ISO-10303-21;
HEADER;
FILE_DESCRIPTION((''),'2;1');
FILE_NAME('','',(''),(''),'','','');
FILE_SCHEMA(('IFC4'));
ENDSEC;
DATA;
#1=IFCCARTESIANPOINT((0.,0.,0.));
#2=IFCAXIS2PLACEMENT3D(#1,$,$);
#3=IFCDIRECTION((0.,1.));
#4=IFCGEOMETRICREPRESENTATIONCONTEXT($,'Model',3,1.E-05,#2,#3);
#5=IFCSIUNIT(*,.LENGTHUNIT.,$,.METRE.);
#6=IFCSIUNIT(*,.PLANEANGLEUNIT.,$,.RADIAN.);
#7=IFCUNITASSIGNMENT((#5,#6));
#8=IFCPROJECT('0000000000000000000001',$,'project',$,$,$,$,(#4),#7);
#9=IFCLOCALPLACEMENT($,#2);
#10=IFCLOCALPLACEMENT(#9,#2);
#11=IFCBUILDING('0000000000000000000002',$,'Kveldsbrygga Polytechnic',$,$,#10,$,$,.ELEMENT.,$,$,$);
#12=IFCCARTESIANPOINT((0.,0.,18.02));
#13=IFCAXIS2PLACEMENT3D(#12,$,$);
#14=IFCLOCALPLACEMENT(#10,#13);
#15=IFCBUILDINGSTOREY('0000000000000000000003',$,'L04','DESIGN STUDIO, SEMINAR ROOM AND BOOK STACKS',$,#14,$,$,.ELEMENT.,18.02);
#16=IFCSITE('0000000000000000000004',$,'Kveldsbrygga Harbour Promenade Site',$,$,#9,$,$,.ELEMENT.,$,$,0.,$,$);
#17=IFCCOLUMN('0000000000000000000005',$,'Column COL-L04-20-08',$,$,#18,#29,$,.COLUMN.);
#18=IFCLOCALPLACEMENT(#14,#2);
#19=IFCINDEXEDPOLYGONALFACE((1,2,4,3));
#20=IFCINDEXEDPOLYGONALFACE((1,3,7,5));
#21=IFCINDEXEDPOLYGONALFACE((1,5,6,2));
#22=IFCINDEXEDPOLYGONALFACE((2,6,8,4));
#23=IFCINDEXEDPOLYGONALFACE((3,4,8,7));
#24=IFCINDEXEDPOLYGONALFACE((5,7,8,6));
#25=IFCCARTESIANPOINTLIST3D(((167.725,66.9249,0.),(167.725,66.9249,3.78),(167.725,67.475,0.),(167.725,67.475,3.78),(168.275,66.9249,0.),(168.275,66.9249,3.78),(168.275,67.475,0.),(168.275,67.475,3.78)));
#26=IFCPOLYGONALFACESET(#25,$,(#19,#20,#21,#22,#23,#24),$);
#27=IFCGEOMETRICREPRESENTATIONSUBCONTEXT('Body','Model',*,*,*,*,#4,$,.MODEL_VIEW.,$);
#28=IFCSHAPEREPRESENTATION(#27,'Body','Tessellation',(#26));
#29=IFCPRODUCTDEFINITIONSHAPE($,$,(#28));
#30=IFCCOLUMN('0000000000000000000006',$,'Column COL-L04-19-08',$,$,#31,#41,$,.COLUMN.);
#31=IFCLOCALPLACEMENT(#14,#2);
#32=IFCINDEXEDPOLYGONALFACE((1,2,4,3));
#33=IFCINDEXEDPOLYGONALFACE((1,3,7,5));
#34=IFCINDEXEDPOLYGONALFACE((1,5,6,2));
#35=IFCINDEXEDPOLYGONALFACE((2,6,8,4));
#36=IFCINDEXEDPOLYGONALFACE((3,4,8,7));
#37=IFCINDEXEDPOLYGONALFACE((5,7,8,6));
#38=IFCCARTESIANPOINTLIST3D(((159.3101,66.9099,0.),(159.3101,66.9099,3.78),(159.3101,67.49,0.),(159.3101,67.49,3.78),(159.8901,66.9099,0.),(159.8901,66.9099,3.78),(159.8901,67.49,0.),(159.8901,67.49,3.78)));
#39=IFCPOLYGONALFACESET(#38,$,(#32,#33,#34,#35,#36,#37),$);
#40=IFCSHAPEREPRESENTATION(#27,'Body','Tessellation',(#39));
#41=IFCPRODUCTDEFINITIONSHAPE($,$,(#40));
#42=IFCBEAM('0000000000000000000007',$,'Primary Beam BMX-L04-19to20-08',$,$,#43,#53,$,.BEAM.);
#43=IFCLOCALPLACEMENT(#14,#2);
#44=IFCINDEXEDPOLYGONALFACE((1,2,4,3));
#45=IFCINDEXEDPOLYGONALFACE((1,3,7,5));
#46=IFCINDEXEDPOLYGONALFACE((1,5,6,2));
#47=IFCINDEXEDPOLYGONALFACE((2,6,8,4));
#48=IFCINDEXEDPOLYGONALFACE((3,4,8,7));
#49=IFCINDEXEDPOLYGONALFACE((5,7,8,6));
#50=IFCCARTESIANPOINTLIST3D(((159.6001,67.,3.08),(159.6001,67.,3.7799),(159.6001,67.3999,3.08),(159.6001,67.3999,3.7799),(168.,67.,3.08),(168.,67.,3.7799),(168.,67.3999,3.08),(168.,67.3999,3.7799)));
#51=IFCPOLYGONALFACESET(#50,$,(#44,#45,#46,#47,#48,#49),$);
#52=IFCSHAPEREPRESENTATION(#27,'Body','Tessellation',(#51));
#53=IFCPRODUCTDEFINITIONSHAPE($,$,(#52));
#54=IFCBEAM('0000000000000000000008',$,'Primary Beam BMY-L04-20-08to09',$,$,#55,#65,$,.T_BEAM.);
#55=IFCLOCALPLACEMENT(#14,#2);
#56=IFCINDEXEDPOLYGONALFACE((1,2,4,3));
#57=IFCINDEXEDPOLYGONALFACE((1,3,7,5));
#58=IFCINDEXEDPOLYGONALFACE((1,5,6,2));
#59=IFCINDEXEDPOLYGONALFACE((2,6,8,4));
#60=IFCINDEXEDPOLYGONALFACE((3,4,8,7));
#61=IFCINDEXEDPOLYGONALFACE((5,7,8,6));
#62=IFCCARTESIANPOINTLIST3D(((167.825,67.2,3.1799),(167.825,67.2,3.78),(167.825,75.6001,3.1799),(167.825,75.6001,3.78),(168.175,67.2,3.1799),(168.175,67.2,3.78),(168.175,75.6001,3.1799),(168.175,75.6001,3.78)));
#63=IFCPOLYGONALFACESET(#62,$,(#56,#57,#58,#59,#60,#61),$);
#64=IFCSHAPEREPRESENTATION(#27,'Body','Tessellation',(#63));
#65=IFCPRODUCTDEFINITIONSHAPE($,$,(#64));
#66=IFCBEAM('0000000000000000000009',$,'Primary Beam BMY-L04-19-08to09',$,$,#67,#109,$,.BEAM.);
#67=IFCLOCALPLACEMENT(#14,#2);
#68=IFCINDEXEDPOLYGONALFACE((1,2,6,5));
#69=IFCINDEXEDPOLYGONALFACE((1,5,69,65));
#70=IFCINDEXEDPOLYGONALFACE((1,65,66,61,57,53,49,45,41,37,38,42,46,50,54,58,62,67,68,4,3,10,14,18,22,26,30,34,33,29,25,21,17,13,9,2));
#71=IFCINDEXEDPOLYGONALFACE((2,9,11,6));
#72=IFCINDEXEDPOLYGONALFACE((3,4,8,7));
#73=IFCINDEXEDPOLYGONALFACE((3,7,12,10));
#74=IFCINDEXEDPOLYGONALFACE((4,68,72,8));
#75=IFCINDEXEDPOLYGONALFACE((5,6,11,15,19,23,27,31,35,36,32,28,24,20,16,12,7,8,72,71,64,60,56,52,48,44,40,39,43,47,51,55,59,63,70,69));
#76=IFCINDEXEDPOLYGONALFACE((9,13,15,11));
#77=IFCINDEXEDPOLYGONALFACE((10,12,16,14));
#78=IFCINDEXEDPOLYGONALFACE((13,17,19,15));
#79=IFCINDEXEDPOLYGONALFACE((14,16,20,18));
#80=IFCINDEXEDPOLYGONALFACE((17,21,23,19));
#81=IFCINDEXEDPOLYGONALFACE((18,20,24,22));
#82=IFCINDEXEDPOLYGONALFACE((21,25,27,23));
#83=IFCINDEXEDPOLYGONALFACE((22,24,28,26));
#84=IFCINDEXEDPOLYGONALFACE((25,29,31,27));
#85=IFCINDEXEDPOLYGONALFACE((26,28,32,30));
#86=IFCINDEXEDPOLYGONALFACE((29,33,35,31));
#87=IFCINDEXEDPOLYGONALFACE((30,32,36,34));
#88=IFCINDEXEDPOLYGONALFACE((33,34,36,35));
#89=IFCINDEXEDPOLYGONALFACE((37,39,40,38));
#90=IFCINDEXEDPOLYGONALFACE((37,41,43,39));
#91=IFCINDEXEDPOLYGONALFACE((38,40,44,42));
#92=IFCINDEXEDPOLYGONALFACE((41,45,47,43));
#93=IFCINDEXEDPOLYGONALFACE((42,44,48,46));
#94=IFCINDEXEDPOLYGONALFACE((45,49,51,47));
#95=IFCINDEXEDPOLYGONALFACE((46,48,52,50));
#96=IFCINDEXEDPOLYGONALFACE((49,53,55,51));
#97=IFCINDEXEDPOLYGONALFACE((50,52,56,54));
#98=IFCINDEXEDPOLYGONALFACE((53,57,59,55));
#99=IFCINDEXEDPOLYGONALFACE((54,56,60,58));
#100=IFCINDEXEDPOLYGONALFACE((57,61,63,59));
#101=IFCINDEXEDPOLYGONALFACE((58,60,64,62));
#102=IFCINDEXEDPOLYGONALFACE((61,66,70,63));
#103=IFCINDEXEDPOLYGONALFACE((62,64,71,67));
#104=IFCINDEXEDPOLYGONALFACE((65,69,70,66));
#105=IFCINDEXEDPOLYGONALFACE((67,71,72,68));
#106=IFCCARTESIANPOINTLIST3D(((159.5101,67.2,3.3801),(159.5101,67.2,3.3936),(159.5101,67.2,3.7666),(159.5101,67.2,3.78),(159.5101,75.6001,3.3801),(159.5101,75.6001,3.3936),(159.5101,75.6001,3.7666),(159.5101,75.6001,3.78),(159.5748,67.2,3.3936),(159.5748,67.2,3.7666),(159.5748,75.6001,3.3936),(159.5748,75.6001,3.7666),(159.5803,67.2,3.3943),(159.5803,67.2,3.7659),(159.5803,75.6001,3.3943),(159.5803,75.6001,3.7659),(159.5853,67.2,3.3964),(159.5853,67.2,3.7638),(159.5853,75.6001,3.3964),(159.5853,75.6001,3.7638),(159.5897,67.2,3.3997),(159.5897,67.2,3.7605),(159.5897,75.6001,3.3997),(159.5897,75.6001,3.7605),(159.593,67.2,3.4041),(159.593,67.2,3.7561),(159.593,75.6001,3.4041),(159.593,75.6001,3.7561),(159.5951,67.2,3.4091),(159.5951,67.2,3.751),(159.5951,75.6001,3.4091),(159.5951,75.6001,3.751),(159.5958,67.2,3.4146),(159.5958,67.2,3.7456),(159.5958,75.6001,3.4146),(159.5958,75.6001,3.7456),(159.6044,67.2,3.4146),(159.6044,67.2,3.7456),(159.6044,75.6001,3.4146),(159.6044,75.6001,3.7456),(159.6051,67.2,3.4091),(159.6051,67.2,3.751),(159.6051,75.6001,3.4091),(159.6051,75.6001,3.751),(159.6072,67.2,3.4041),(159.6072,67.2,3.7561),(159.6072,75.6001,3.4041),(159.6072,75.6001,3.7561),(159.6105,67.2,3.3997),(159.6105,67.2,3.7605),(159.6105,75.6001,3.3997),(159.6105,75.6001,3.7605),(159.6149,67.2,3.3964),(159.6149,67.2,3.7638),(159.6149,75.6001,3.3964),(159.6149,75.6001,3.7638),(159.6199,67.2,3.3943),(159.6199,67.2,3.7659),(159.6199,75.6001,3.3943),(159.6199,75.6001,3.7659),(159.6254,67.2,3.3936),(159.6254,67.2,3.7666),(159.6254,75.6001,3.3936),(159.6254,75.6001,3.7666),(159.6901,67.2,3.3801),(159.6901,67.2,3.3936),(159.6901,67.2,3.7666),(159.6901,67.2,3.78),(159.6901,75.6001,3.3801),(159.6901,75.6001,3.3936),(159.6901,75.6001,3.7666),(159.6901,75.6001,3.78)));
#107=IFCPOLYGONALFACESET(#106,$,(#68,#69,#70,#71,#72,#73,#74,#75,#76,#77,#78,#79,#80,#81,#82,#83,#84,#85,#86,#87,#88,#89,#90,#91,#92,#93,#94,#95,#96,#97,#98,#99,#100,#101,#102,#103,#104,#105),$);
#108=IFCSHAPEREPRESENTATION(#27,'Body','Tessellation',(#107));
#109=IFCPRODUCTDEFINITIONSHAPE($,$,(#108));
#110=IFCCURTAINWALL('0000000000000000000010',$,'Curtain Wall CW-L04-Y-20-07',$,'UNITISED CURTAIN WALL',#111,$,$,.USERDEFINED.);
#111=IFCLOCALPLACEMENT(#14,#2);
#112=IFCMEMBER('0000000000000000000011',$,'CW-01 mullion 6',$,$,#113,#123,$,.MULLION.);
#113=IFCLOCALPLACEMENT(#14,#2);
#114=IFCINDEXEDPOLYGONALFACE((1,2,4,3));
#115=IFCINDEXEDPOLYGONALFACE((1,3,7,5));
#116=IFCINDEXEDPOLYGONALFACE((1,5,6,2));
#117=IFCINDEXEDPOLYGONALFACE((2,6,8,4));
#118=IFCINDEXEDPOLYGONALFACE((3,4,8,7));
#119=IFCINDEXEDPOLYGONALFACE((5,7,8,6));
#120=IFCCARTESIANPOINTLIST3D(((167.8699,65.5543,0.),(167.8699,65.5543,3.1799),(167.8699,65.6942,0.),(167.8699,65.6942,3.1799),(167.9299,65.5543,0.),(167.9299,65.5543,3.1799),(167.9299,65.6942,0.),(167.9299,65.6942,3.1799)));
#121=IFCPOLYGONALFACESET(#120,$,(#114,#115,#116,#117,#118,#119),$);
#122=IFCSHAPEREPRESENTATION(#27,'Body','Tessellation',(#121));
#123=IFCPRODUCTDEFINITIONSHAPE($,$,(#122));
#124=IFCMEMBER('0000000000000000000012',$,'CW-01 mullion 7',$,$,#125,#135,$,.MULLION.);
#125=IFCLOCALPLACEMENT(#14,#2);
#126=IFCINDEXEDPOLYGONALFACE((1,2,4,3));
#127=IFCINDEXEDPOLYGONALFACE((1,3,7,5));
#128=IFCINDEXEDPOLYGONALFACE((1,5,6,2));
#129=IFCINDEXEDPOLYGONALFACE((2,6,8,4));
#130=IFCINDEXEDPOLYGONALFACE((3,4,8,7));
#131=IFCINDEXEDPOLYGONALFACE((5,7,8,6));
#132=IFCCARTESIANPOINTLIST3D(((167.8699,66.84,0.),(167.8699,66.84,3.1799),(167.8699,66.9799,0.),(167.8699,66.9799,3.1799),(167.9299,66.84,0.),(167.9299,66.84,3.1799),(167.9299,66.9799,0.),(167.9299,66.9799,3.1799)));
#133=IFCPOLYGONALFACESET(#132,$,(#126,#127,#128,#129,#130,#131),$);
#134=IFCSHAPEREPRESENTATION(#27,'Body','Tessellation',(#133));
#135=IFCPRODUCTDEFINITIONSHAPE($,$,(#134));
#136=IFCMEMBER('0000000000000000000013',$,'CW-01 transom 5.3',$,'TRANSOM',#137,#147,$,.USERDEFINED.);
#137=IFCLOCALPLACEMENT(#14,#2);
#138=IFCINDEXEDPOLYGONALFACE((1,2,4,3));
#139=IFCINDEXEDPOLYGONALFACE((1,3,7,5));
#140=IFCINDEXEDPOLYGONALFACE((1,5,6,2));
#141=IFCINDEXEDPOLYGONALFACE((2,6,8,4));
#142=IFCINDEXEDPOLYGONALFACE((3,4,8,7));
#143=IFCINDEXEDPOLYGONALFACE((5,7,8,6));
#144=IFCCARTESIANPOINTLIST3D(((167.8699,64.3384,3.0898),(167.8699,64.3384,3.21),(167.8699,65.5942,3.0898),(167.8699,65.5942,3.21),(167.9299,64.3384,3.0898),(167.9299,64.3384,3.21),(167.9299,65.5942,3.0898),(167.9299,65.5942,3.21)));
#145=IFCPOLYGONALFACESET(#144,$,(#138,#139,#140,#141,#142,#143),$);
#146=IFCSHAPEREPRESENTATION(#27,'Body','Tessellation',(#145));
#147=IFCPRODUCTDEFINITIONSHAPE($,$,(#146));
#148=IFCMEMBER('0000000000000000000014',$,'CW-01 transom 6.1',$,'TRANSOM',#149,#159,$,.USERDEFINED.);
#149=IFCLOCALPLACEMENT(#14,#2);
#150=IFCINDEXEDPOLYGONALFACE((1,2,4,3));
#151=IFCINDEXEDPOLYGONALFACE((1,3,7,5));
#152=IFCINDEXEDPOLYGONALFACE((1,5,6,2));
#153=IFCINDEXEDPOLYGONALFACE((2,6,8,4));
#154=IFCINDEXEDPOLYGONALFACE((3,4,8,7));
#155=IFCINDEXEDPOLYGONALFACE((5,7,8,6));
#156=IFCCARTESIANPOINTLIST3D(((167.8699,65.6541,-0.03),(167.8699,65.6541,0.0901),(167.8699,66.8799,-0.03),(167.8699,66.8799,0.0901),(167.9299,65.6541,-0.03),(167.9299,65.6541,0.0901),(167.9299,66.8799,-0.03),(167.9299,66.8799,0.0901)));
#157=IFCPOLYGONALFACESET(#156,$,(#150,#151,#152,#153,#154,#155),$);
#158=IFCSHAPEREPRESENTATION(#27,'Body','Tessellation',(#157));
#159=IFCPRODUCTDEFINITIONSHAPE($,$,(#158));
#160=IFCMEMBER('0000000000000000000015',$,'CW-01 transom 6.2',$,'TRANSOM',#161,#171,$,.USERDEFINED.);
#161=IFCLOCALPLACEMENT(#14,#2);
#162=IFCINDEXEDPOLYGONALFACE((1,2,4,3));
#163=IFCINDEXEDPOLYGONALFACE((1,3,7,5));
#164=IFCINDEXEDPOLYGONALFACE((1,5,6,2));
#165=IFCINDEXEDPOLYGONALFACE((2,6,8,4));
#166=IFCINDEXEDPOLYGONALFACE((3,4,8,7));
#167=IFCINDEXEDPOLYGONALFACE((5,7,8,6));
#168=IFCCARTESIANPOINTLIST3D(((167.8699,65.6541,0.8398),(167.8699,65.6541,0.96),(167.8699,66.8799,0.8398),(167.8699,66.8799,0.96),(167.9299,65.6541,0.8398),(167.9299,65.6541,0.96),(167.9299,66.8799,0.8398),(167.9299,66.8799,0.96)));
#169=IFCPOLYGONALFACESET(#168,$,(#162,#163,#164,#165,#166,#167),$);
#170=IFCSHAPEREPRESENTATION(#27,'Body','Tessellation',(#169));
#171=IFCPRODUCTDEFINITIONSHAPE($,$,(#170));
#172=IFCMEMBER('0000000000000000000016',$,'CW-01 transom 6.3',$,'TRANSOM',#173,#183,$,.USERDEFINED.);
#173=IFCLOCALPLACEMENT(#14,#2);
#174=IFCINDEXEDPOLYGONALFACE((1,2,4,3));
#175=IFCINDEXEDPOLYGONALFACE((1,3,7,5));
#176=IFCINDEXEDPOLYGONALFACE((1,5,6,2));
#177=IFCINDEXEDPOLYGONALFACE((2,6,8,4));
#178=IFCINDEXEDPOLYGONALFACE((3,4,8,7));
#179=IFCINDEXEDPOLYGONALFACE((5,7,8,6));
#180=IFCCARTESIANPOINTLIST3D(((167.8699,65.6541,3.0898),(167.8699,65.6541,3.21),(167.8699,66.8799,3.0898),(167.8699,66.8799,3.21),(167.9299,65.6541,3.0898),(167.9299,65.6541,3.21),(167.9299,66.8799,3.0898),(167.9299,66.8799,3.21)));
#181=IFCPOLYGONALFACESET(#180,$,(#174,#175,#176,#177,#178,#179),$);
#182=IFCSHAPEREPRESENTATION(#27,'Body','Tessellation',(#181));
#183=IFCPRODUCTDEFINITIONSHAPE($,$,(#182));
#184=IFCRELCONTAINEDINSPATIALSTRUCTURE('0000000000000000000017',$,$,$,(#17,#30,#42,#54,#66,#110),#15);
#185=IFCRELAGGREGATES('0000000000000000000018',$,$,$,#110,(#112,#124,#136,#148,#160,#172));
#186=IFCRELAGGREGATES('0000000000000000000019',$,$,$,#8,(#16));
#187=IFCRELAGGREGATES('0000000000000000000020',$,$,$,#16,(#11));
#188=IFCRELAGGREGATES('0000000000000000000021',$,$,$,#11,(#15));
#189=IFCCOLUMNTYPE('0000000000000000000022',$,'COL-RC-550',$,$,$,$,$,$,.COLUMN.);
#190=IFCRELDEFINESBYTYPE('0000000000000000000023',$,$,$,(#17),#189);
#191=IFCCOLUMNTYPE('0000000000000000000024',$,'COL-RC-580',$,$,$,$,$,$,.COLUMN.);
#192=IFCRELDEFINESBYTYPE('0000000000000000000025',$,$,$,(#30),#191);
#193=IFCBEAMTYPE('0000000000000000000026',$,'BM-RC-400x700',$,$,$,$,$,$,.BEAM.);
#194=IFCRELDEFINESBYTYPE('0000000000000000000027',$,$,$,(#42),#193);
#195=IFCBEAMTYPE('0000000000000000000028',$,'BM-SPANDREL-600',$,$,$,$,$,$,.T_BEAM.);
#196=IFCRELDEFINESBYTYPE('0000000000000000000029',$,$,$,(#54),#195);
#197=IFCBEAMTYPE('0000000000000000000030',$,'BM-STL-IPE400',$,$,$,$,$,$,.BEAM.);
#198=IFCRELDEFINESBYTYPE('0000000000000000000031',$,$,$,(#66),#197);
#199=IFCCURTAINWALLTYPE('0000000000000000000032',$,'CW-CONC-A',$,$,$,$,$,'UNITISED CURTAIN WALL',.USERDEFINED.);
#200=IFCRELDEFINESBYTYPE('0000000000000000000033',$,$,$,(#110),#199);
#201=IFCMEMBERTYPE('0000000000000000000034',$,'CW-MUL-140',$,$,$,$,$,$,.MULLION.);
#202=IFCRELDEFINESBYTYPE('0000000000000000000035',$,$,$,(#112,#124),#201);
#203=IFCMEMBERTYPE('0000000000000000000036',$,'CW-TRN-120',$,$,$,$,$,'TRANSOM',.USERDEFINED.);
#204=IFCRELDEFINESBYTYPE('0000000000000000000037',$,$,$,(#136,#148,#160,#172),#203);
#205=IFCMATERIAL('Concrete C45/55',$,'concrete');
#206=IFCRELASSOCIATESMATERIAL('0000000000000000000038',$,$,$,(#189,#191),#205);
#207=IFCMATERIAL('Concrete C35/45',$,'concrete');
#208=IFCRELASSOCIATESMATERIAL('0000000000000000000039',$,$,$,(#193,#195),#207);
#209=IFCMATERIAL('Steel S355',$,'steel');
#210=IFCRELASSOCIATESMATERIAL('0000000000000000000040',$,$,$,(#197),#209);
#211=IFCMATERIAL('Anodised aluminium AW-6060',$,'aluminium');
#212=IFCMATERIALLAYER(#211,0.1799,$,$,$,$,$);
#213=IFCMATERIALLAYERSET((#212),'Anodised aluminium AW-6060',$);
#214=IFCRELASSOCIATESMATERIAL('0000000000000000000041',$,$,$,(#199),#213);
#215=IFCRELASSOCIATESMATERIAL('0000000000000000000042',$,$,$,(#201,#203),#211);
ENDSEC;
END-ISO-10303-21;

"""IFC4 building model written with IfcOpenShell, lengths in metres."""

from ifc_helpers import new_model, si_unit, direction, frame, origin, origin_2d, place, context, subcontext, project, spatial, rectangle, i_section, extrude, material, layer, layer_set, material_profile, profile_set, type_object, element, aggregate, save


model = new_model("IFC4")

# Units and contexts
model_context = context("Model", 3, precision=1e-05, world=origin(), true_north=direction((0.0, 1.0)))
body_context = subcontext(model_context, "Body", "Model", "MODEL_VIEW")
ifc_project = project(units=[si_unit("LENGTHUNIT", "METRE"), si_unit("PLANEANGLEUNIT", "RADIAN")], contexts=[model_context])

# Site, building, storey
site_placement = place(None, origin())
site = spatial("IfcSite", under=ifc_project, at=site_placement, Name="Kveldsbrygga Harbour Promenade Site", CompositionType="ELEMENT", RefElevation=0.0)
building_placement = place(site_placement, origin())
building = spatial("IfcBuilding", under=site, at=building_placement, Name="Kveldsbrygga Polytechnic", CompositionType="ELEMENT")
storey_placement = place(building_placement, frame((0.0, 0.0, 18.02)))
storey = spatial("IfcBuildingStorey", under=building, at=storey_placement, Name="L04", Description="DESIGN STUDIO, SEMINAR ROOM AND BOOK STACKS", CompositionType="ELEMENT", Elevation=18.02)

# Columns
ifc_material_1 = material(Name="Concrete C45/55", Category="concrete")
ifc_material_profile_1 = material_profile(ifc_material_1, rectangle(XDim=0.55, YDim=0.55, at=origin_2d()), Name="RC 550x550")
ifc_profile_set_1 = profile_set([ifc_material_profile_1], Name="Concrete C45/55")
column_type_1 = type_object("IfcColumnType", Name="COL-RC-550", PredefinedType="COLUMN", material=ifc_profile_set_1)
column_1_placement = place(storey_placement, frame((168.0, 67.2, 0.0), z_axis=(0.0, 0.0, 1.0), x_axis=(1.0, 0.0, 0.0)))
element("IfcColumn", 1, at=column_1_placement, inside=storey, type_object=column_type_1, Name="Column COL-L04-20-08", PredefinedType="COLUMN", context=body_context, shape_type="SweptSolid", body=[
    extrude(rectangle(XDim=0.55, YDim=0.55, at=origin_2d()), origin(), (0.0, 0.0, 1.0), 3.78),
])
ifc_material_profile_2 = material_profile(ifc_material_1, rectangle(XDim=0.5801, YDim=0.5801, at=origin_2d()), Name="RC 580x580")
ifc_profile_set_2 = profile_set([ifc_material_profile_2], Name="Concrete C45/55")
column_type_2 = type_object("IfcColumnType", Name="COL-RC-580", PredefinedType="COLUMN", material=ifc_profile_set_2)
column_2_placement = place(storey_placement, frame((159.6001, 67.2, 0.0), z_axis=(0.0, 0.0, 1.0), x_axis=(1.0, 0.0, 0.0)))
element("IfcColumn", 2, at=column_2_placement, inside=storey, type_object=column_type_2, Name="Column COL-L04-19-08", PredefinedType="COLUMN", context=body_context, shape_type="SweptSolid", body=[
    extrude(rectangle(XDim=0.5801, YDim=0.5801, at=origin_2d()), origin(), (0.0, 0.0, 1.0), 3.78),
])

# Beams
ifc_material_2 = material(Name="Concrete C35/45", Category="concrete")
ifc_material_profile_3 = material_profile(ifc_material_2, rectangle(XDim=0.3999, YDim=0.7, at=origin_2d()), Name="RC 400x700")
ifc_profile_set_3 = profile_set([ifc_material_profile_3], Name="Concrete C35/45")
beam_type_1 = type_object("IfcBeamType", Name="BM-RC-400x700", PredefinedType="BEAM", material=ifc_profile_set_3)
beam_1_placement = place(storey_placement, frame((159.6001, 67.2, 3.4299), z_axis=(1.0, 0.0, 0.0), x_axis=(0.0, 1.0, 0.0)))
element("IfcBeam", 3, at=beam_1_placement, inside=storey, type_object=beam_type_1, Name="Primary Beam BMX-L04-19to20-08", PredefinedType="BEAM", context=body_context, shape_type="SweptSolid", body=[
    extrude(rectangle(XDim=0.3999, YDim=0.7, at=origin_2d()), origin(), (0.0, 0.0, 1.0), 8.3999),
])
ifc_material_profile_4 = material_profile(ifc_material_2, rectangle(XDim=0.3501, YDim=0.6001, at=origin_2d()), Name="RC 350x600")
ifc_profile_set_4 = profile_set([ifc_material_profile_4], Name="Concrete C35/45")
beam_type_2 = type_object("IfcBeamType", Name="BM-SPANDREL-600", PredefinedType="T_BEAM", material=ifc_profile_set_4)
beam_2_placement = place(storey_placement, frame((168.0, 67.2, 3.48), z_axis=(0.0, 1.0, 0.0), x_axis=(-1.0, 0.0, 0.0)))
element("IfcBeam", 4, at=beam_2_placement, inside=storey, type_object=beam_type_2, Name="Primary Beam BMY-L04-20-08to09", PredefinedType="T_BEAM", context=body_context, shape_type="SweptSolid", body=[
    extrude(rectangle(XDim=0.3501, YDim=0.6001, at=origin_2d()), origin(), (0.0, 0.0, 1.0), 8.4001),
])
ifc_material_3 = material(Name="Steel S355", Category="steel")
ifc_material_profile_5 = material_profile(ifc_material_3, i_section(OverallWidth=0.1799, OverallDepth=0.3999, WebThickness=0.0085, FlangeThickness=0.0134, FilletRadius=0.021, at=origin_2d()), Name="IPE 400")
ifc_profile_set_5 = profile_set([ifc_material_profile_5], Name="Steel S355")
beam_type_3 = type_object("IfcBeamType", Name="BM-STL-IPE400", PredefinedType="BEAM", material=ifc_profile_set_5)
beam_3_placement = place(storey_placement, frame((159.6001, 67.2, 3.5801), z_axis=(0.0, 1.0, 0.0), x_axis=(-1.0, 0.0, 0.0)))
element("IfcBeam", 5, at=beam_3_placement, inside=storey, type_object=beam_type_3, Name="Primary Beam BMY-L04-19-08to09", PredefinedType="BEAM", context=body_context, shape_type="SweptSolid", body=[
    extrude(i_section(OverallWidth=0.1799, OverallDepth=0.3999, WebThickness=0.0085, FlangeThickness=0.0134, FilletRadius=0.021, at=origin_2d()), origin(), (0.0, 0.0, 1.0), 8.4001),
])

# Curtain wall, members
ifc_material_4 = material(Name="Anodised aluminium AW-6060", Category="aluminium")
ifc_layer_1 = layer(ifc_material_4, 0.1799)
ifc_layer_set_1 = layer_set([ifc_layer_1], Name="Anodised aluminium AW-6060")
curtain_wall_type = type_object("IfcCurtainWallType", Name="CW-CONC-A", ElementType="UNITISED CURTAIN WALL", PredefinedType="USERDEFINED", material=ifc_layer_set_1)
curtain_wall_placement = place(storey_placement, origin())
curtain_wall = element("IfcCurtainWall", 6, at=curtain_wall_placement, inside=storey, type_object=curtain_wall_type, Name="Curtain Wall CW-L04-Y-20-07", ObjectType="UNITISED CURTAIN WALL", PredefinedType="USERDEFINED")
ifc_material_profile_6 = material_profile(ifc_material_4, rectangle(XDim=0.0601, YDim=0.1399, at=origin_2d()), Name="ALU 60x140")
ifc_profile_set_6 = profile_set([ifc_material_profile_6], Name="Anodised aluminium AW-6060")
member_type_1 = type_object("IfcMemberType", Name="CW-MUL-140", PredefinedType="MULLION", material=ifc_profile_set_6)
member_1_placement = place(storey_placement, frame((167.8999, 65.6243, 0.0), z_axis=(0.0, 0.0, 1.0), x_axis=(-1.0, 0.0, 0.0)))
member_1 = element("IfcMember", 7, at=member_1_placement, type_object=member_type_1, Name="CW-01 mullion 6", PredefinedType="MULLION", context=body_context, shape_type="SweptSolid", body=[
    extrude(rectangle(XDim=0.0601, YDim=0.1399, at=origin_2d()), origin(), (0.0, 0.0, 1.0), 3.1799),
])
member_2_placement = place(storey_placement, frame((167.8999, 66.9099, 0.0), z_axis=(0.0, 0.0, 1.0), x_axis=(-1.0, 0.0, 0.0)))
member_2 = element("IfcMember", 8, at=member_2_placement, type_object=member_type_1, Name="CW-01 mullion 7", PredefinedType="MULLION", context=body_context, shape_type="SweptSolid", body=[
    extrude(rectangle(XDim=0.0601, YDim=0.1399, at=origin_2d()), origin(), (0.0, 0.0, 1.0), 3.1799),
])
ifc_material_profile_7 = material_profile(ifc_material_4, rectangle(XDim=0.0601, YDim=0.1201, at=origin_2d()), Name="ALU 60x120")
ifc_profile_set_7 = profile_set([ifc_material_profile_7], Name="Anodised aluminium AW-6060")
member_type_2 = type_object("IfcMemberType", Name="CW-TRN-120", ElementType="TRANSOM", PredefinedType="USERDEFINED", material=ifc_profile_set_7)
member_3_placement = place(storey_placement, frame((167.8999, 64.3384, 3.1499), z_axis=(0.0, 1.0, 0.0), x_axis=(-1.0, 0.0, 0.0)))
member_3 = element("IfcMember", 9, at=member_3_placement, type_object=member_type_2, Name="CW-01 transom 5.3", ObjectType="TRANSOM", PredefinedType="USERDEFINED", context=body_context, shape_type="SweptSolid", body=[
    extrude(rectangle(XDim=0.0601, YDim=0.1201, at=origin_2d()), origin(), (0.0, 0.0, 1.0), 1.2559),
])
member_4_placement = place(storey_placement, frame((167.8999, 65.6541, 0.03), z_axis=(0.0, 1.0, 0.0), x_axis=(-1.0, 0.0, 0.0)))
member_4 = element("IfcMember", 10, at=member_4_placement, type_object=member_type_2, Name="CW-01 transom 6.1", ObjectType="TRANSOM", PredefinedType="USERDEFINED", context=body_context, shape_type="SweptSolid", body=[
    extrude(rectangle(XDim=0.0601, YDim=0.1201, at=origin_2d()), origin(), (0.0, 0.0, 1.0), 1.2258),
])
member_5_placement = place(storey_placement, frame((167.8999, 65.6541, 0.8999), z_axis=(0.0, 1.0, 0.0), x_axis=(-1.0, 0.0, 0.0)))
member_5 = element("IfcMember", 11, at=member_5_placement, type_object=member_type_2, Name="CW-01 transom 6.2", ObjectType="TRANSOM", PredefinedType="USERDEFINED", context=body_context, shape_type="SweptSolid", body=[
    extrude(rectangle(XDim=0.0601, YDim=0.1201, at=origin_2d()), origin(), (0.0, 0.0, 1.0), 1.2258),
])
member_6_placement = place(storey_placement, frame((167.8999, 65.6541, 3.1499), z_axis=(0.0, 1.0, 0.0), x_axis=(-1.0, 0.0, 0.0)))
member_6 = element("IfcMember", 12, at=member_6_placement, type_object=member_type_2, Name="CW-01 transom 6.3", ObjectType="TRANSOM", PredefinedType="USERDEFINED", context=body_context, shape_type="SweptSolid", body=[
    extrude(rectangle(XDim=0.0601, YDim=0.1201, at=origin_2d()), origin(), (0.0, 0.0, 1.0), 1.2258),
])

aggregate(curtain_wall, [member_1, member_2, member_3, member_4, member_5, member_6])

save(model, "model.ifc")
